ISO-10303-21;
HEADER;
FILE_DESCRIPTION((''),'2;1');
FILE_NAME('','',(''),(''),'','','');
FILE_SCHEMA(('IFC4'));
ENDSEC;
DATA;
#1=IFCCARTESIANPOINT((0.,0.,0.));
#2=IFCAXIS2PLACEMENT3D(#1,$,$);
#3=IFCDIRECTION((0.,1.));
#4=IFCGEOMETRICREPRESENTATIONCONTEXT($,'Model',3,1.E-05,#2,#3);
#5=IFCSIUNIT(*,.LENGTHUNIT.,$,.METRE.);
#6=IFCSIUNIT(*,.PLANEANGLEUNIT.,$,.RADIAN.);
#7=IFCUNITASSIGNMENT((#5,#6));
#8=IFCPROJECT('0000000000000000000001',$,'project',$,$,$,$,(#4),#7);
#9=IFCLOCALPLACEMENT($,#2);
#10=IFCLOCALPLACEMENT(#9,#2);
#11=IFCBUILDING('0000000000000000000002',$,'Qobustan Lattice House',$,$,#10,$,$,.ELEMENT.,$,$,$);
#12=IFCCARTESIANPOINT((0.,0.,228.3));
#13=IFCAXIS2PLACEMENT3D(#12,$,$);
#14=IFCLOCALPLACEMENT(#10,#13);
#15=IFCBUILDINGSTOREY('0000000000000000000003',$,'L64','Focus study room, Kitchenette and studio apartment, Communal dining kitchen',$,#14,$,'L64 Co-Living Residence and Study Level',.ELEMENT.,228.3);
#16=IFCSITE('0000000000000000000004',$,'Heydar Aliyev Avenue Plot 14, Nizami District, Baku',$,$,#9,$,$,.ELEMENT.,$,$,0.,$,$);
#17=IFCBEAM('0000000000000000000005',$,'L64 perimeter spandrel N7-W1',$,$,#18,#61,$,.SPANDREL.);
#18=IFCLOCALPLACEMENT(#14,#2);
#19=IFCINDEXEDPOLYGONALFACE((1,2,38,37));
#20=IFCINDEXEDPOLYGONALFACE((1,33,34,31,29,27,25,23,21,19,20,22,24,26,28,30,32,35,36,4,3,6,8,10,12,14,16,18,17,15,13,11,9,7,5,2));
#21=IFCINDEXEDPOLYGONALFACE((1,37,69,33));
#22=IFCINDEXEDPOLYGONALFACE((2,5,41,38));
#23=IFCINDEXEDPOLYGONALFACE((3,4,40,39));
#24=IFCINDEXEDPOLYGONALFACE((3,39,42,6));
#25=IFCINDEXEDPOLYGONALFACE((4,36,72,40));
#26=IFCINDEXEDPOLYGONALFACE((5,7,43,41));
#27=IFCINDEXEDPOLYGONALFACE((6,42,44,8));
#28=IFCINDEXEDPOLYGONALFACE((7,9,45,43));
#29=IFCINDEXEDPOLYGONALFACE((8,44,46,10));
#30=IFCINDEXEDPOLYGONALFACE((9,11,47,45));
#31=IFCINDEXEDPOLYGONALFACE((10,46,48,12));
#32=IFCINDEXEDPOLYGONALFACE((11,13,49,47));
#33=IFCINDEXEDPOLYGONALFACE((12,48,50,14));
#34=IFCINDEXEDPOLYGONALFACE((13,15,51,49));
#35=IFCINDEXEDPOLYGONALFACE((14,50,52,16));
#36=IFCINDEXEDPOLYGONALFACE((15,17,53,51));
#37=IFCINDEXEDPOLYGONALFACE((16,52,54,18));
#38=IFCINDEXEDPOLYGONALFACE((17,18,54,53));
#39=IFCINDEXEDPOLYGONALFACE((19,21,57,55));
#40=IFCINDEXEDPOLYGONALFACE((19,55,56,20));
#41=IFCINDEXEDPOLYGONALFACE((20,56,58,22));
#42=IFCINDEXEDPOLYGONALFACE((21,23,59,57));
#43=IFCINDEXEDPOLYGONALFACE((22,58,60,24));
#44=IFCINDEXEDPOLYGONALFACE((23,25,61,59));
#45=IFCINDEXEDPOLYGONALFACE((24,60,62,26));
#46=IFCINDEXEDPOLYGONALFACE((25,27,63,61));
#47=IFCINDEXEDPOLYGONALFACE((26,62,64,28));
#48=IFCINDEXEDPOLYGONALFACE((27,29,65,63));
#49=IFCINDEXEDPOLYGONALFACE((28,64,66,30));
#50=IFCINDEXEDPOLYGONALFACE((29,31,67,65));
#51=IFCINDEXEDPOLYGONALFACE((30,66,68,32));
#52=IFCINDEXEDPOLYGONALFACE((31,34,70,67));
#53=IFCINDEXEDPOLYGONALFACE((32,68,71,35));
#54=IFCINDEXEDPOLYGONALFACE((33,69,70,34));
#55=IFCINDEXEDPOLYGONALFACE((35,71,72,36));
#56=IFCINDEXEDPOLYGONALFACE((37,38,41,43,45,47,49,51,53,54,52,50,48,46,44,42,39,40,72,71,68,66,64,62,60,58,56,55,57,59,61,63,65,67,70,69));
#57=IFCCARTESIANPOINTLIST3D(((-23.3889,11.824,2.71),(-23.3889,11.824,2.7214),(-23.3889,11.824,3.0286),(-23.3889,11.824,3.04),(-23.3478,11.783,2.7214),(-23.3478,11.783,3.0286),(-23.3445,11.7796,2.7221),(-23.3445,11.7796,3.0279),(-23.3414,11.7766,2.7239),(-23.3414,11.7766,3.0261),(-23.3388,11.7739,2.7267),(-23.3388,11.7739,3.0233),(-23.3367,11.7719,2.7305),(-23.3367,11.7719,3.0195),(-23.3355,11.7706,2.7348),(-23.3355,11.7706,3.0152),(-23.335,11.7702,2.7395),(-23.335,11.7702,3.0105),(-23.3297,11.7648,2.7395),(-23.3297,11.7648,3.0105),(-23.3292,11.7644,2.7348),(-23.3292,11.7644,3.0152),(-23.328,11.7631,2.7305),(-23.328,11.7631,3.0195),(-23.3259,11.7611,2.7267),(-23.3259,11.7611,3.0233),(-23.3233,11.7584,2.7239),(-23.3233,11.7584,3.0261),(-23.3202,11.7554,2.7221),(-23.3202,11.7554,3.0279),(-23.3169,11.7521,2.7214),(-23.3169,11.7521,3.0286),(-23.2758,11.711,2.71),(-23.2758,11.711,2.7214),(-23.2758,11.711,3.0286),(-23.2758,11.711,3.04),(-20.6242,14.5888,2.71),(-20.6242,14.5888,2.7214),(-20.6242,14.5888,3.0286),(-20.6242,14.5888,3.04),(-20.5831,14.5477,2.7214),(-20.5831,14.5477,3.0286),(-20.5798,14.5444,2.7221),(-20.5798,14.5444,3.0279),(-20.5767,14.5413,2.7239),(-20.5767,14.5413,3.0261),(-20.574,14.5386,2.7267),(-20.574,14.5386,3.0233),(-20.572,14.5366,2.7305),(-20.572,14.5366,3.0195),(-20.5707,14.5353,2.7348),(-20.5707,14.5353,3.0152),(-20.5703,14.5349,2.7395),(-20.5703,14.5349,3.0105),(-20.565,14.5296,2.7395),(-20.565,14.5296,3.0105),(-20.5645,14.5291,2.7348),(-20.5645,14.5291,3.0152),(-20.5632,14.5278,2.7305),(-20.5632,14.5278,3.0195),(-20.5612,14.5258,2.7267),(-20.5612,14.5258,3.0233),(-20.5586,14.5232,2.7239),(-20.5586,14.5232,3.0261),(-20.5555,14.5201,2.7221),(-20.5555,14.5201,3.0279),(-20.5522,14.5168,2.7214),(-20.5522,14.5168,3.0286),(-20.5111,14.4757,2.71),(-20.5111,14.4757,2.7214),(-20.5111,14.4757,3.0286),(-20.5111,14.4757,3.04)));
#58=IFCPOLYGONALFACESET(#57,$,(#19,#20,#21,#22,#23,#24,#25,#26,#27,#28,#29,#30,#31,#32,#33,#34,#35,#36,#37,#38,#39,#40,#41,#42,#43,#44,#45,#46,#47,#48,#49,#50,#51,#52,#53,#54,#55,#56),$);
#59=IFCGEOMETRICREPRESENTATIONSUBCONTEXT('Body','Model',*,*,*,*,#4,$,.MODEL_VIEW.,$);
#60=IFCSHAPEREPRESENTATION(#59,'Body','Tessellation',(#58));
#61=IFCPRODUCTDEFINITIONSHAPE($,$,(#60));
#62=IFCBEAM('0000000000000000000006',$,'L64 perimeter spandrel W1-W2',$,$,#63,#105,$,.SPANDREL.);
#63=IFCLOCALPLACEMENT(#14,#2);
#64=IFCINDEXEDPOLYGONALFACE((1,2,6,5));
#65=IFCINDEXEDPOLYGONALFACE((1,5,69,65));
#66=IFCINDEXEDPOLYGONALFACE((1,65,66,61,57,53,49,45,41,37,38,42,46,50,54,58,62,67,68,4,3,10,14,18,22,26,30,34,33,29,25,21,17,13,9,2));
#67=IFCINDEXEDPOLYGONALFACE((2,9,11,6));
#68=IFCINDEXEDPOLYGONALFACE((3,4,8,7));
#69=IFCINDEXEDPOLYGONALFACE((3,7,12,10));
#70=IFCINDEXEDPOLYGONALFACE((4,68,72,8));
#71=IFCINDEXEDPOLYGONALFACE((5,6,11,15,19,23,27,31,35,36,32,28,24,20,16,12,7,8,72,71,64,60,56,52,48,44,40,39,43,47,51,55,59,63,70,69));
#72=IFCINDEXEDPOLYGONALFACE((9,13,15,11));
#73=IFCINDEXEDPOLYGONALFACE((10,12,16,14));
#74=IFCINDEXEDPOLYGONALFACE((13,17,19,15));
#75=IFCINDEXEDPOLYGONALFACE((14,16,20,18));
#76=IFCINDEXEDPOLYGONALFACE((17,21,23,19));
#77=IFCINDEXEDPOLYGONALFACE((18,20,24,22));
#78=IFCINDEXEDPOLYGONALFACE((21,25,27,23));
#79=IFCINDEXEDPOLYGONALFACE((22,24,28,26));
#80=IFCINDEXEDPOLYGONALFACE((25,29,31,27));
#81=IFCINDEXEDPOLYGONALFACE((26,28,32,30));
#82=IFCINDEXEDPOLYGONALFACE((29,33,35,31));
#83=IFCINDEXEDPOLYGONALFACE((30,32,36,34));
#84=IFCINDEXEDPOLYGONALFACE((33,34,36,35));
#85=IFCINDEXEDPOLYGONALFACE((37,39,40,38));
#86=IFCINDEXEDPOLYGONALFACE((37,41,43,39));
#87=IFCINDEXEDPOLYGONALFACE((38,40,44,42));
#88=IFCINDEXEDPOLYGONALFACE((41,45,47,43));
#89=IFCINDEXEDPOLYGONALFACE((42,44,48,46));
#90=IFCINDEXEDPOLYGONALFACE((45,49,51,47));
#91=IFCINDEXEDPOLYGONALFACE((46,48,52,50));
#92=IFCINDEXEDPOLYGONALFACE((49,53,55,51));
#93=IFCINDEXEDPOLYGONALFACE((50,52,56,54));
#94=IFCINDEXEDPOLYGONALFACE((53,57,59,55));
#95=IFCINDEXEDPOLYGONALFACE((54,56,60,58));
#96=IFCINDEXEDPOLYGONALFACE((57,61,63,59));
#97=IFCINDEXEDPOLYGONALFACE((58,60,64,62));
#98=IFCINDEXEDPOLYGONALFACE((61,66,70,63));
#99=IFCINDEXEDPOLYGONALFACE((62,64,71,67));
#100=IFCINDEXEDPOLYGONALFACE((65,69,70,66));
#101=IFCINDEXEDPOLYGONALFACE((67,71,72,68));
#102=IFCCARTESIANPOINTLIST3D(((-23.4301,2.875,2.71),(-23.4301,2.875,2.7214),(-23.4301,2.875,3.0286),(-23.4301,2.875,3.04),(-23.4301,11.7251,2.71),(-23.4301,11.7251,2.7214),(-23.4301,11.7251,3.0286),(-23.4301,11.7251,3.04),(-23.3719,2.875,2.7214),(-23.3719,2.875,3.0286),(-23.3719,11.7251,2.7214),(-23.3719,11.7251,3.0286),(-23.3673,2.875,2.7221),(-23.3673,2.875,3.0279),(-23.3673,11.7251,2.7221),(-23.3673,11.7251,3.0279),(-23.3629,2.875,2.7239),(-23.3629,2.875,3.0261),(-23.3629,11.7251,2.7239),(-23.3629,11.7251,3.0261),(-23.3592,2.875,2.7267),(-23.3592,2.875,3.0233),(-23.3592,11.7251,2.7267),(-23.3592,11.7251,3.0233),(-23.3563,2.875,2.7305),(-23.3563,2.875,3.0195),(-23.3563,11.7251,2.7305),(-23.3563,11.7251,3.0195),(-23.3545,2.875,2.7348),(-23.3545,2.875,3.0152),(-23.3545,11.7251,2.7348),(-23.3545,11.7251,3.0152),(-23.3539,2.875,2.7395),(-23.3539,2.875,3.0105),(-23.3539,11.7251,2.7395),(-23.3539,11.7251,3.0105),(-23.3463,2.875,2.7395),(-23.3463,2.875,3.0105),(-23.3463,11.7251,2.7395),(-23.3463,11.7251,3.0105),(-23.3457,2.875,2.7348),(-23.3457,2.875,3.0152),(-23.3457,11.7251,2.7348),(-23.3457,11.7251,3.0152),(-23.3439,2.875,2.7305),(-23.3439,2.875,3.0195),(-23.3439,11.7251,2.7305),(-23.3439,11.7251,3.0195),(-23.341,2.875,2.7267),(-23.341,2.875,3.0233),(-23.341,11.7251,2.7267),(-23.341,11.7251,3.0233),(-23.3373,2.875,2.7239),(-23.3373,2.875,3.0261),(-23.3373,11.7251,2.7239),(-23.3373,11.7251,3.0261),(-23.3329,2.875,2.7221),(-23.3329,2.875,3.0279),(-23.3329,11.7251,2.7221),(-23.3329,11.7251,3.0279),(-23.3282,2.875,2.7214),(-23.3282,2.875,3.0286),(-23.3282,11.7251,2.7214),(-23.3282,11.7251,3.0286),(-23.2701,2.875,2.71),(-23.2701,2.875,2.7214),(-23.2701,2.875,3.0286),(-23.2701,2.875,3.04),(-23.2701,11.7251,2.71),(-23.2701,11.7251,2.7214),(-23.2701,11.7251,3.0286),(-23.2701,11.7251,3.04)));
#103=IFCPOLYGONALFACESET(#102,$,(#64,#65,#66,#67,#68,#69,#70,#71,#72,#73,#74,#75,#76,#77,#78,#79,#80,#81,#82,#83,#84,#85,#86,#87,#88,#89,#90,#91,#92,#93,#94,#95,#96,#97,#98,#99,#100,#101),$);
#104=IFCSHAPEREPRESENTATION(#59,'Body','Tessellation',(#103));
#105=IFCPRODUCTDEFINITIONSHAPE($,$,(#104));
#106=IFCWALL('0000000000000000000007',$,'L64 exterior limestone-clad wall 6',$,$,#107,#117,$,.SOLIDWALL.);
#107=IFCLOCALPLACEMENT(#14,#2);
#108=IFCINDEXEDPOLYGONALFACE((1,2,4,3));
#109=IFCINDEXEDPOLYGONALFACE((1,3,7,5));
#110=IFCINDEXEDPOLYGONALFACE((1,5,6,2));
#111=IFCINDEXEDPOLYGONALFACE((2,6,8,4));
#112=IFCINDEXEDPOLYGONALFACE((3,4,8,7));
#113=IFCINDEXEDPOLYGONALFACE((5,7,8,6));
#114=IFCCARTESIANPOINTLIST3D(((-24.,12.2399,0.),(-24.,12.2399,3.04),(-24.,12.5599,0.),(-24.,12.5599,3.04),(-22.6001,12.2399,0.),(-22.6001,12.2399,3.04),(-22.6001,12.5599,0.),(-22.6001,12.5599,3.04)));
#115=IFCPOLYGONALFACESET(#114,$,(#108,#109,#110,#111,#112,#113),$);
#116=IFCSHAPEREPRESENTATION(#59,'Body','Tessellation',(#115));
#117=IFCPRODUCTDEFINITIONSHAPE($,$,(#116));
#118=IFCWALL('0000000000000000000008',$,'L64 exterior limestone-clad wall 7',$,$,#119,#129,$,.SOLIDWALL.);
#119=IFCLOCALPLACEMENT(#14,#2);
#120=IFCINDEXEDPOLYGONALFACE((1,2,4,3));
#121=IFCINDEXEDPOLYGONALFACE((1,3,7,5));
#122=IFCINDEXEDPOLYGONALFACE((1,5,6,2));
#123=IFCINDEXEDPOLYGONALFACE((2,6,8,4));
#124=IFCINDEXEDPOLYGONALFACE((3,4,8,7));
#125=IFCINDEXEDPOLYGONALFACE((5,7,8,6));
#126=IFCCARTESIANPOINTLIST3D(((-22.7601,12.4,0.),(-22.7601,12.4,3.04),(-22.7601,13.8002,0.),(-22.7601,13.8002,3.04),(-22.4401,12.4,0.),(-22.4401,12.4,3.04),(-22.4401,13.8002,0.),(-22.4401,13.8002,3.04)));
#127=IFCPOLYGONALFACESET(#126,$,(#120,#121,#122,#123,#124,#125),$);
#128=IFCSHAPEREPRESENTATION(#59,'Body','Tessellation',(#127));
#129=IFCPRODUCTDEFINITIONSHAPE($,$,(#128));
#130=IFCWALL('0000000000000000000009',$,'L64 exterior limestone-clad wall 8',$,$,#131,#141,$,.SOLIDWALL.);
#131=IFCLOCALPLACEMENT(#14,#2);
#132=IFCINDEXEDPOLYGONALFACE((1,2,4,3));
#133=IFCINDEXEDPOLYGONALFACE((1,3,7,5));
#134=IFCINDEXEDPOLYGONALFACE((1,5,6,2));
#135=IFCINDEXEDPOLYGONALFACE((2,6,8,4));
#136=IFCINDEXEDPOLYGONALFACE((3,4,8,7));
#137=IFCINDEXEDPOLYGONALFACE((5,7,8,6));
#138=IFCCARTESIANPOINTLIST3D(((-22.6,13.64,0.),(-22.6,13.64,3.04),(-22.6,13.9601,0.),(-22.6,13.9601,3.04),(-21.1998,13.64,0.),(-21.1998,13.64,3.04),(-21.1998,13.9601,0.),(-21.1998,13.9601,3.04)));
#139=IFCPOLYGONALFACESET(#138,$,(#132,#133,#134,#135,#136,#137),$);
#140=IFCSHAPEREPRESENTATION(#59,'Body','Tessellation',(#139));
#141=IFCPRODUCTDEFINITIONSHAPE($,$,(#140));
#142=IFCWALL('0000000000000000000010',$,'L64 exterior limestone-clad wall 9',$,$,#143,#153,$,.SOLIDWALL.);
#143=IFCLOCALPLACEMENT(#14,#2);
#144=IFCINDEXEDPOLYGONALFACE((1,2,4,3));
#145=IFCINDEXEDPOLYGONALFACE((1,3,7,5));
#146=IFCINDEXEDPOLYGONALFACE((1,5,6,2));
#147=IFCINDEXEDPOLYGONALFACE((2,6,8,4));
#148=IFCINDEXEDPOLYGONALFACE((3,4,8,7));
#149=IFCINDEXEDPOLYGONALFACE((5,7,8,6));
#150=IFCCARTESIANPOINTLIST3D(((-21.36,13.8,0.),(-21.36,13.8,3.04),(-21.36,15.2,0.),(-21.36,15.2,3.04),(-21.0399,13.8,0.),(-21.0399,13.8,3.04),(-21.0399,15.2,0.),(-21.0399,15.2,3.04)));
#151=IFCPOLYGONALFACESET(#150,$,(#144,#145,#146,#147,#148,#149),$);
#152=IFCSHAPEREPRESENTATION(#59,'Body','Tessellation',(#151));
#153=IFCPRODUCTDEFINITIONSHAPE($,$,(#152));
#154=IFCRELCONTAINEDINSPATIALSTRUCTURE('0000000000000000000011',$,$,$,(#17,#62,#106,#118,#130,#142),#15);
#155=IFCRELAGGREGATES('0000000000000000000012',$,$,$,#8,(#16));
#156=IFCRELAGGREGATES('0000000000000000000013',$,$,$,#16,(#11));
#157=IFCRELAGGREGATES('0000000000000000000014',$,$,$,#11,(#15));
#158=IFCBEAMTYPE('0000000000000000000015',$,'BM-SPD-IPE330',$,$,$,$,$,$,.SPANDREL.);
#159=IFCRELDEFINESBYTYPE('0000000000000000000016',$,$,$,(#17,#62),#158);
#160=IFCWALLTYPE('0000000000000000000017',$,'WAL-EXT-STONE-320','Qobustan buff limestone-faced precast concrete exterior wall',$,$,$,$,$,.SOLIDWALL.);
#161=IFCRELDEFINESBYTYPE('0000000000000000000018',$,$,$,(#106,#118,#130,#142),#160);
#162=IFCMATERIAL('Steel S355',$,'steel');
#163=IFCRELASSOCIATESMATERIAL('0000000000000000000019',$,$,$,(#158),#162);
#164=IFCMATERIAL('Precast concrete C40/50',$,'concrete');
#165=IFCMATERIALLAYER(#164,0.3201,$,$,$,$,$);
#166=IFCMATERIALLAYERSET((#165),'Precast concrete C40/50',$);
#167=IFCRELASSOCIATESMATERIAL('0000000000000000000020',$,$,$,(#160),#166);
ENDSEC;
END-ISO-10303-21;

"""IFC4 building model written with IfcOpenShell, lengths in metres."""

from ifc_helpers import new_model, si_unit, direction, frame, frame_2d, origin, origin_2d, place, context, subcontext, project, spatial, rectangle, i_section, extrude, material, layer, layer_set, material_profile, profile_set, type_object, element, save


model = new_model("IFC4")

# Units and contexts
model_context = context("Model", 3, precision=1e-05, world=origin(), true_north=direction((0.0, 1.0)))
body_context = subcontext(model_context, "Body", "Model", "MODEL_VIEW")
ifc_project = project(units=[si_unit("LENGTHUNIT", "METRE"), si_unit("PLANEANGLEUNIT", "RADIAN")], contexts=[model_context])

# Site, building, storey
site_placement = place(None, origin())
site = spatial("IfcSite", under=ifc_project, at=site_placement, Name="Heydar Aliyev Avenue Plot 14, Nizami District, Baku", CompositionType="ELEMENT", RefElevation=0.0)
building_placement = place(site_placement, origin())
building = spatial("IfcBuilding", under=site, at=building_placement, Name="Qobustan Lattice House", CompositionType="ELEMENT")
storey_placement = place(building_placement, frame((0.0, 0.0, 228.3)))
storey = spatial("IfcBuildingStorey", under=building, at=storey_placement, Name="L64", Description="Focus study room, Kitchenette and studio apartment, Communal dining kitchen", LongName="L64 Co-Living Residence and Study Level", CompositionType="ELEMENT", Elevation=228.3)

# Beams
ifc_material_1 = material(Name="Steel S355", Category="steel")
ifc_material_profile_1 = material_profile(ifc_material_1, i_section(OverallWidth=0.1599, OverallDepth=0.3301, WebThickness=0.0076, FlangeThickness=0.0115, FilletRadius=0.0181, at=origin_2d()), Name="IPE330")
ifc_profile_set_1 = profile_set([ifc_material_profile_1], Name="Steel S355")
beam_type_1 = type_object("IfcBeamType", Name="BM-SPD-IPE330", PredefinedType="SPANDREL", material=ifc_profile_set_1)
beam_1_placement = place(storey_placement, frame((-20.5676, 14.5322, 2.875), z_axis=(-0.707107, -0.707107, 0.0), x_axis=(0.707107, -0.707107, 0.0)))
element("IfcBeam", 1, at=beam_1_placement, inside=storey, type_object=beam_type_1, Name="L64 perimeter spandrel N7-W1", PredefinedType="SPANDREL", context=body_context, shape_type="SweptSolid", body=[
    extrude(i_section(OverallWidth=0.1599, OverallDepth=0.3301, WebThickness=0.0076, FlangeThickness=0.0115, FilletRadius=0.0181, at=origin_2d()), origin(), (0.0, 0.0, 1.0), 3.9099),
])
beam_2_placement = place(storey_placement, frame((-23.3501, 11.7251, 2.875), z_axis=(0.0, -1.0, 0.0), x_axis=(1.0, 0.0, 0.0)))
element("IfcBeam", 2, at=beam_2_placement, inside=storey, type_object=beam_type_1, Name="L64 perimeter spandrel W1-W2", PredefinedType="SPANDREL", context=body_context, shape_type="SweptSolid", body=[
    extrude(i_section(OverallWidth=0.1599, OverallDepth=0.3301, WebThickness=0.0076, FlangeThickness=0.0115, FilletRadius=0.0181, at=origin_2d()), origin(), (0.0, 0.0, 1.0), 8.8501),
])

# Walls
ifc_material_2 = material(Name="Precast concrete C40/50", Category="concrete")
ifc_layer_1 = layer(ifc_material_2, 0.3201)
ifc_layer_set_1 = layer_set([ifc_layer_1], Name="Precast concrete C40/50")
wall_type_1 = type_object("IfcWallType", Name="WAL-EXT-STONE-320", Description="Qobustan buff limestone-faced precast concrete exterior wall", PredefinedType="SOLIDWALL", material=ifc_layer_set_1)
wall_1_placement = place(storey_placement, frame((-24.0, 12.3999, 0.0), z_axis=(0.0, 0.0, 1.0), x_axis=(1.0, 0.0, 0.0)))
element("IfcWall", 3, at=wall_1_placement, inside=storey, type_object=wall_type_1, Name="L64 exterior limestone-clad wall 6", PredefinedType="SOLIDWALL", context=body_context, shape_type="SweptSolid", body=[
    extrude(rectangle(XDim=1.3999, YDim=0.3201, at=frame_2d((0.7, 0.0))), origin(), (0.0, 0.0, 1.0), 3.04),
])
for number, where, z_axis, x_axis, name in (
    (4, (-22.6001, 12.3999, 0.0), (0.0, 0.0, 1.0), (0.0, 1.0, 0.0), "L64 exterior limestone-clad wall 7"),
    (5, (-22.6001, 13.8, 0.0), (0.0, 0.0, 1.0), (1.0, 0.0, 0.0), "L64 exterior limestone-clad wall 8"),
):
    element("IfcWall", number, at=place(storey_placement, frame(where, z_axis=z_axis, x_axis=x_axis)), inside=storey, type_object=wall_type_1, Name=name, PredefinedType="SOLIDWALL", context=body_context, shape_type="SweptSolid", body=[
        extrude(rectangle(XDim=1.4001, YDim=0.3201, at=frame_2d((0.7002, 0.0))), origin(), (0.0, 0.0, 1.0), 3.04),
    ])
wall_2_placement = place(storey_placement, frame((-21.2, 13.8, 0.0), z_axis=(0.0, 0.0, 1.0), x_axis=(0.0, 1.0, 0.0)))
element("IfcWall", 6, at=wall_2_placement, inside=storey, type_object=wall_type_1, Name="L64 exterior limestone-clad wall 9", PredefinedType="SOLIDWALL", context=body_context, shape_type="SweptSolid", body=[
    extrude(rectangle(XDim=1.3999, YDim=0.3201, at=frame_2d((0.7, 0.0))), origin(), (0.0, 0.0, 1.0), 3.04),
])

save(model, "model.ifc")
